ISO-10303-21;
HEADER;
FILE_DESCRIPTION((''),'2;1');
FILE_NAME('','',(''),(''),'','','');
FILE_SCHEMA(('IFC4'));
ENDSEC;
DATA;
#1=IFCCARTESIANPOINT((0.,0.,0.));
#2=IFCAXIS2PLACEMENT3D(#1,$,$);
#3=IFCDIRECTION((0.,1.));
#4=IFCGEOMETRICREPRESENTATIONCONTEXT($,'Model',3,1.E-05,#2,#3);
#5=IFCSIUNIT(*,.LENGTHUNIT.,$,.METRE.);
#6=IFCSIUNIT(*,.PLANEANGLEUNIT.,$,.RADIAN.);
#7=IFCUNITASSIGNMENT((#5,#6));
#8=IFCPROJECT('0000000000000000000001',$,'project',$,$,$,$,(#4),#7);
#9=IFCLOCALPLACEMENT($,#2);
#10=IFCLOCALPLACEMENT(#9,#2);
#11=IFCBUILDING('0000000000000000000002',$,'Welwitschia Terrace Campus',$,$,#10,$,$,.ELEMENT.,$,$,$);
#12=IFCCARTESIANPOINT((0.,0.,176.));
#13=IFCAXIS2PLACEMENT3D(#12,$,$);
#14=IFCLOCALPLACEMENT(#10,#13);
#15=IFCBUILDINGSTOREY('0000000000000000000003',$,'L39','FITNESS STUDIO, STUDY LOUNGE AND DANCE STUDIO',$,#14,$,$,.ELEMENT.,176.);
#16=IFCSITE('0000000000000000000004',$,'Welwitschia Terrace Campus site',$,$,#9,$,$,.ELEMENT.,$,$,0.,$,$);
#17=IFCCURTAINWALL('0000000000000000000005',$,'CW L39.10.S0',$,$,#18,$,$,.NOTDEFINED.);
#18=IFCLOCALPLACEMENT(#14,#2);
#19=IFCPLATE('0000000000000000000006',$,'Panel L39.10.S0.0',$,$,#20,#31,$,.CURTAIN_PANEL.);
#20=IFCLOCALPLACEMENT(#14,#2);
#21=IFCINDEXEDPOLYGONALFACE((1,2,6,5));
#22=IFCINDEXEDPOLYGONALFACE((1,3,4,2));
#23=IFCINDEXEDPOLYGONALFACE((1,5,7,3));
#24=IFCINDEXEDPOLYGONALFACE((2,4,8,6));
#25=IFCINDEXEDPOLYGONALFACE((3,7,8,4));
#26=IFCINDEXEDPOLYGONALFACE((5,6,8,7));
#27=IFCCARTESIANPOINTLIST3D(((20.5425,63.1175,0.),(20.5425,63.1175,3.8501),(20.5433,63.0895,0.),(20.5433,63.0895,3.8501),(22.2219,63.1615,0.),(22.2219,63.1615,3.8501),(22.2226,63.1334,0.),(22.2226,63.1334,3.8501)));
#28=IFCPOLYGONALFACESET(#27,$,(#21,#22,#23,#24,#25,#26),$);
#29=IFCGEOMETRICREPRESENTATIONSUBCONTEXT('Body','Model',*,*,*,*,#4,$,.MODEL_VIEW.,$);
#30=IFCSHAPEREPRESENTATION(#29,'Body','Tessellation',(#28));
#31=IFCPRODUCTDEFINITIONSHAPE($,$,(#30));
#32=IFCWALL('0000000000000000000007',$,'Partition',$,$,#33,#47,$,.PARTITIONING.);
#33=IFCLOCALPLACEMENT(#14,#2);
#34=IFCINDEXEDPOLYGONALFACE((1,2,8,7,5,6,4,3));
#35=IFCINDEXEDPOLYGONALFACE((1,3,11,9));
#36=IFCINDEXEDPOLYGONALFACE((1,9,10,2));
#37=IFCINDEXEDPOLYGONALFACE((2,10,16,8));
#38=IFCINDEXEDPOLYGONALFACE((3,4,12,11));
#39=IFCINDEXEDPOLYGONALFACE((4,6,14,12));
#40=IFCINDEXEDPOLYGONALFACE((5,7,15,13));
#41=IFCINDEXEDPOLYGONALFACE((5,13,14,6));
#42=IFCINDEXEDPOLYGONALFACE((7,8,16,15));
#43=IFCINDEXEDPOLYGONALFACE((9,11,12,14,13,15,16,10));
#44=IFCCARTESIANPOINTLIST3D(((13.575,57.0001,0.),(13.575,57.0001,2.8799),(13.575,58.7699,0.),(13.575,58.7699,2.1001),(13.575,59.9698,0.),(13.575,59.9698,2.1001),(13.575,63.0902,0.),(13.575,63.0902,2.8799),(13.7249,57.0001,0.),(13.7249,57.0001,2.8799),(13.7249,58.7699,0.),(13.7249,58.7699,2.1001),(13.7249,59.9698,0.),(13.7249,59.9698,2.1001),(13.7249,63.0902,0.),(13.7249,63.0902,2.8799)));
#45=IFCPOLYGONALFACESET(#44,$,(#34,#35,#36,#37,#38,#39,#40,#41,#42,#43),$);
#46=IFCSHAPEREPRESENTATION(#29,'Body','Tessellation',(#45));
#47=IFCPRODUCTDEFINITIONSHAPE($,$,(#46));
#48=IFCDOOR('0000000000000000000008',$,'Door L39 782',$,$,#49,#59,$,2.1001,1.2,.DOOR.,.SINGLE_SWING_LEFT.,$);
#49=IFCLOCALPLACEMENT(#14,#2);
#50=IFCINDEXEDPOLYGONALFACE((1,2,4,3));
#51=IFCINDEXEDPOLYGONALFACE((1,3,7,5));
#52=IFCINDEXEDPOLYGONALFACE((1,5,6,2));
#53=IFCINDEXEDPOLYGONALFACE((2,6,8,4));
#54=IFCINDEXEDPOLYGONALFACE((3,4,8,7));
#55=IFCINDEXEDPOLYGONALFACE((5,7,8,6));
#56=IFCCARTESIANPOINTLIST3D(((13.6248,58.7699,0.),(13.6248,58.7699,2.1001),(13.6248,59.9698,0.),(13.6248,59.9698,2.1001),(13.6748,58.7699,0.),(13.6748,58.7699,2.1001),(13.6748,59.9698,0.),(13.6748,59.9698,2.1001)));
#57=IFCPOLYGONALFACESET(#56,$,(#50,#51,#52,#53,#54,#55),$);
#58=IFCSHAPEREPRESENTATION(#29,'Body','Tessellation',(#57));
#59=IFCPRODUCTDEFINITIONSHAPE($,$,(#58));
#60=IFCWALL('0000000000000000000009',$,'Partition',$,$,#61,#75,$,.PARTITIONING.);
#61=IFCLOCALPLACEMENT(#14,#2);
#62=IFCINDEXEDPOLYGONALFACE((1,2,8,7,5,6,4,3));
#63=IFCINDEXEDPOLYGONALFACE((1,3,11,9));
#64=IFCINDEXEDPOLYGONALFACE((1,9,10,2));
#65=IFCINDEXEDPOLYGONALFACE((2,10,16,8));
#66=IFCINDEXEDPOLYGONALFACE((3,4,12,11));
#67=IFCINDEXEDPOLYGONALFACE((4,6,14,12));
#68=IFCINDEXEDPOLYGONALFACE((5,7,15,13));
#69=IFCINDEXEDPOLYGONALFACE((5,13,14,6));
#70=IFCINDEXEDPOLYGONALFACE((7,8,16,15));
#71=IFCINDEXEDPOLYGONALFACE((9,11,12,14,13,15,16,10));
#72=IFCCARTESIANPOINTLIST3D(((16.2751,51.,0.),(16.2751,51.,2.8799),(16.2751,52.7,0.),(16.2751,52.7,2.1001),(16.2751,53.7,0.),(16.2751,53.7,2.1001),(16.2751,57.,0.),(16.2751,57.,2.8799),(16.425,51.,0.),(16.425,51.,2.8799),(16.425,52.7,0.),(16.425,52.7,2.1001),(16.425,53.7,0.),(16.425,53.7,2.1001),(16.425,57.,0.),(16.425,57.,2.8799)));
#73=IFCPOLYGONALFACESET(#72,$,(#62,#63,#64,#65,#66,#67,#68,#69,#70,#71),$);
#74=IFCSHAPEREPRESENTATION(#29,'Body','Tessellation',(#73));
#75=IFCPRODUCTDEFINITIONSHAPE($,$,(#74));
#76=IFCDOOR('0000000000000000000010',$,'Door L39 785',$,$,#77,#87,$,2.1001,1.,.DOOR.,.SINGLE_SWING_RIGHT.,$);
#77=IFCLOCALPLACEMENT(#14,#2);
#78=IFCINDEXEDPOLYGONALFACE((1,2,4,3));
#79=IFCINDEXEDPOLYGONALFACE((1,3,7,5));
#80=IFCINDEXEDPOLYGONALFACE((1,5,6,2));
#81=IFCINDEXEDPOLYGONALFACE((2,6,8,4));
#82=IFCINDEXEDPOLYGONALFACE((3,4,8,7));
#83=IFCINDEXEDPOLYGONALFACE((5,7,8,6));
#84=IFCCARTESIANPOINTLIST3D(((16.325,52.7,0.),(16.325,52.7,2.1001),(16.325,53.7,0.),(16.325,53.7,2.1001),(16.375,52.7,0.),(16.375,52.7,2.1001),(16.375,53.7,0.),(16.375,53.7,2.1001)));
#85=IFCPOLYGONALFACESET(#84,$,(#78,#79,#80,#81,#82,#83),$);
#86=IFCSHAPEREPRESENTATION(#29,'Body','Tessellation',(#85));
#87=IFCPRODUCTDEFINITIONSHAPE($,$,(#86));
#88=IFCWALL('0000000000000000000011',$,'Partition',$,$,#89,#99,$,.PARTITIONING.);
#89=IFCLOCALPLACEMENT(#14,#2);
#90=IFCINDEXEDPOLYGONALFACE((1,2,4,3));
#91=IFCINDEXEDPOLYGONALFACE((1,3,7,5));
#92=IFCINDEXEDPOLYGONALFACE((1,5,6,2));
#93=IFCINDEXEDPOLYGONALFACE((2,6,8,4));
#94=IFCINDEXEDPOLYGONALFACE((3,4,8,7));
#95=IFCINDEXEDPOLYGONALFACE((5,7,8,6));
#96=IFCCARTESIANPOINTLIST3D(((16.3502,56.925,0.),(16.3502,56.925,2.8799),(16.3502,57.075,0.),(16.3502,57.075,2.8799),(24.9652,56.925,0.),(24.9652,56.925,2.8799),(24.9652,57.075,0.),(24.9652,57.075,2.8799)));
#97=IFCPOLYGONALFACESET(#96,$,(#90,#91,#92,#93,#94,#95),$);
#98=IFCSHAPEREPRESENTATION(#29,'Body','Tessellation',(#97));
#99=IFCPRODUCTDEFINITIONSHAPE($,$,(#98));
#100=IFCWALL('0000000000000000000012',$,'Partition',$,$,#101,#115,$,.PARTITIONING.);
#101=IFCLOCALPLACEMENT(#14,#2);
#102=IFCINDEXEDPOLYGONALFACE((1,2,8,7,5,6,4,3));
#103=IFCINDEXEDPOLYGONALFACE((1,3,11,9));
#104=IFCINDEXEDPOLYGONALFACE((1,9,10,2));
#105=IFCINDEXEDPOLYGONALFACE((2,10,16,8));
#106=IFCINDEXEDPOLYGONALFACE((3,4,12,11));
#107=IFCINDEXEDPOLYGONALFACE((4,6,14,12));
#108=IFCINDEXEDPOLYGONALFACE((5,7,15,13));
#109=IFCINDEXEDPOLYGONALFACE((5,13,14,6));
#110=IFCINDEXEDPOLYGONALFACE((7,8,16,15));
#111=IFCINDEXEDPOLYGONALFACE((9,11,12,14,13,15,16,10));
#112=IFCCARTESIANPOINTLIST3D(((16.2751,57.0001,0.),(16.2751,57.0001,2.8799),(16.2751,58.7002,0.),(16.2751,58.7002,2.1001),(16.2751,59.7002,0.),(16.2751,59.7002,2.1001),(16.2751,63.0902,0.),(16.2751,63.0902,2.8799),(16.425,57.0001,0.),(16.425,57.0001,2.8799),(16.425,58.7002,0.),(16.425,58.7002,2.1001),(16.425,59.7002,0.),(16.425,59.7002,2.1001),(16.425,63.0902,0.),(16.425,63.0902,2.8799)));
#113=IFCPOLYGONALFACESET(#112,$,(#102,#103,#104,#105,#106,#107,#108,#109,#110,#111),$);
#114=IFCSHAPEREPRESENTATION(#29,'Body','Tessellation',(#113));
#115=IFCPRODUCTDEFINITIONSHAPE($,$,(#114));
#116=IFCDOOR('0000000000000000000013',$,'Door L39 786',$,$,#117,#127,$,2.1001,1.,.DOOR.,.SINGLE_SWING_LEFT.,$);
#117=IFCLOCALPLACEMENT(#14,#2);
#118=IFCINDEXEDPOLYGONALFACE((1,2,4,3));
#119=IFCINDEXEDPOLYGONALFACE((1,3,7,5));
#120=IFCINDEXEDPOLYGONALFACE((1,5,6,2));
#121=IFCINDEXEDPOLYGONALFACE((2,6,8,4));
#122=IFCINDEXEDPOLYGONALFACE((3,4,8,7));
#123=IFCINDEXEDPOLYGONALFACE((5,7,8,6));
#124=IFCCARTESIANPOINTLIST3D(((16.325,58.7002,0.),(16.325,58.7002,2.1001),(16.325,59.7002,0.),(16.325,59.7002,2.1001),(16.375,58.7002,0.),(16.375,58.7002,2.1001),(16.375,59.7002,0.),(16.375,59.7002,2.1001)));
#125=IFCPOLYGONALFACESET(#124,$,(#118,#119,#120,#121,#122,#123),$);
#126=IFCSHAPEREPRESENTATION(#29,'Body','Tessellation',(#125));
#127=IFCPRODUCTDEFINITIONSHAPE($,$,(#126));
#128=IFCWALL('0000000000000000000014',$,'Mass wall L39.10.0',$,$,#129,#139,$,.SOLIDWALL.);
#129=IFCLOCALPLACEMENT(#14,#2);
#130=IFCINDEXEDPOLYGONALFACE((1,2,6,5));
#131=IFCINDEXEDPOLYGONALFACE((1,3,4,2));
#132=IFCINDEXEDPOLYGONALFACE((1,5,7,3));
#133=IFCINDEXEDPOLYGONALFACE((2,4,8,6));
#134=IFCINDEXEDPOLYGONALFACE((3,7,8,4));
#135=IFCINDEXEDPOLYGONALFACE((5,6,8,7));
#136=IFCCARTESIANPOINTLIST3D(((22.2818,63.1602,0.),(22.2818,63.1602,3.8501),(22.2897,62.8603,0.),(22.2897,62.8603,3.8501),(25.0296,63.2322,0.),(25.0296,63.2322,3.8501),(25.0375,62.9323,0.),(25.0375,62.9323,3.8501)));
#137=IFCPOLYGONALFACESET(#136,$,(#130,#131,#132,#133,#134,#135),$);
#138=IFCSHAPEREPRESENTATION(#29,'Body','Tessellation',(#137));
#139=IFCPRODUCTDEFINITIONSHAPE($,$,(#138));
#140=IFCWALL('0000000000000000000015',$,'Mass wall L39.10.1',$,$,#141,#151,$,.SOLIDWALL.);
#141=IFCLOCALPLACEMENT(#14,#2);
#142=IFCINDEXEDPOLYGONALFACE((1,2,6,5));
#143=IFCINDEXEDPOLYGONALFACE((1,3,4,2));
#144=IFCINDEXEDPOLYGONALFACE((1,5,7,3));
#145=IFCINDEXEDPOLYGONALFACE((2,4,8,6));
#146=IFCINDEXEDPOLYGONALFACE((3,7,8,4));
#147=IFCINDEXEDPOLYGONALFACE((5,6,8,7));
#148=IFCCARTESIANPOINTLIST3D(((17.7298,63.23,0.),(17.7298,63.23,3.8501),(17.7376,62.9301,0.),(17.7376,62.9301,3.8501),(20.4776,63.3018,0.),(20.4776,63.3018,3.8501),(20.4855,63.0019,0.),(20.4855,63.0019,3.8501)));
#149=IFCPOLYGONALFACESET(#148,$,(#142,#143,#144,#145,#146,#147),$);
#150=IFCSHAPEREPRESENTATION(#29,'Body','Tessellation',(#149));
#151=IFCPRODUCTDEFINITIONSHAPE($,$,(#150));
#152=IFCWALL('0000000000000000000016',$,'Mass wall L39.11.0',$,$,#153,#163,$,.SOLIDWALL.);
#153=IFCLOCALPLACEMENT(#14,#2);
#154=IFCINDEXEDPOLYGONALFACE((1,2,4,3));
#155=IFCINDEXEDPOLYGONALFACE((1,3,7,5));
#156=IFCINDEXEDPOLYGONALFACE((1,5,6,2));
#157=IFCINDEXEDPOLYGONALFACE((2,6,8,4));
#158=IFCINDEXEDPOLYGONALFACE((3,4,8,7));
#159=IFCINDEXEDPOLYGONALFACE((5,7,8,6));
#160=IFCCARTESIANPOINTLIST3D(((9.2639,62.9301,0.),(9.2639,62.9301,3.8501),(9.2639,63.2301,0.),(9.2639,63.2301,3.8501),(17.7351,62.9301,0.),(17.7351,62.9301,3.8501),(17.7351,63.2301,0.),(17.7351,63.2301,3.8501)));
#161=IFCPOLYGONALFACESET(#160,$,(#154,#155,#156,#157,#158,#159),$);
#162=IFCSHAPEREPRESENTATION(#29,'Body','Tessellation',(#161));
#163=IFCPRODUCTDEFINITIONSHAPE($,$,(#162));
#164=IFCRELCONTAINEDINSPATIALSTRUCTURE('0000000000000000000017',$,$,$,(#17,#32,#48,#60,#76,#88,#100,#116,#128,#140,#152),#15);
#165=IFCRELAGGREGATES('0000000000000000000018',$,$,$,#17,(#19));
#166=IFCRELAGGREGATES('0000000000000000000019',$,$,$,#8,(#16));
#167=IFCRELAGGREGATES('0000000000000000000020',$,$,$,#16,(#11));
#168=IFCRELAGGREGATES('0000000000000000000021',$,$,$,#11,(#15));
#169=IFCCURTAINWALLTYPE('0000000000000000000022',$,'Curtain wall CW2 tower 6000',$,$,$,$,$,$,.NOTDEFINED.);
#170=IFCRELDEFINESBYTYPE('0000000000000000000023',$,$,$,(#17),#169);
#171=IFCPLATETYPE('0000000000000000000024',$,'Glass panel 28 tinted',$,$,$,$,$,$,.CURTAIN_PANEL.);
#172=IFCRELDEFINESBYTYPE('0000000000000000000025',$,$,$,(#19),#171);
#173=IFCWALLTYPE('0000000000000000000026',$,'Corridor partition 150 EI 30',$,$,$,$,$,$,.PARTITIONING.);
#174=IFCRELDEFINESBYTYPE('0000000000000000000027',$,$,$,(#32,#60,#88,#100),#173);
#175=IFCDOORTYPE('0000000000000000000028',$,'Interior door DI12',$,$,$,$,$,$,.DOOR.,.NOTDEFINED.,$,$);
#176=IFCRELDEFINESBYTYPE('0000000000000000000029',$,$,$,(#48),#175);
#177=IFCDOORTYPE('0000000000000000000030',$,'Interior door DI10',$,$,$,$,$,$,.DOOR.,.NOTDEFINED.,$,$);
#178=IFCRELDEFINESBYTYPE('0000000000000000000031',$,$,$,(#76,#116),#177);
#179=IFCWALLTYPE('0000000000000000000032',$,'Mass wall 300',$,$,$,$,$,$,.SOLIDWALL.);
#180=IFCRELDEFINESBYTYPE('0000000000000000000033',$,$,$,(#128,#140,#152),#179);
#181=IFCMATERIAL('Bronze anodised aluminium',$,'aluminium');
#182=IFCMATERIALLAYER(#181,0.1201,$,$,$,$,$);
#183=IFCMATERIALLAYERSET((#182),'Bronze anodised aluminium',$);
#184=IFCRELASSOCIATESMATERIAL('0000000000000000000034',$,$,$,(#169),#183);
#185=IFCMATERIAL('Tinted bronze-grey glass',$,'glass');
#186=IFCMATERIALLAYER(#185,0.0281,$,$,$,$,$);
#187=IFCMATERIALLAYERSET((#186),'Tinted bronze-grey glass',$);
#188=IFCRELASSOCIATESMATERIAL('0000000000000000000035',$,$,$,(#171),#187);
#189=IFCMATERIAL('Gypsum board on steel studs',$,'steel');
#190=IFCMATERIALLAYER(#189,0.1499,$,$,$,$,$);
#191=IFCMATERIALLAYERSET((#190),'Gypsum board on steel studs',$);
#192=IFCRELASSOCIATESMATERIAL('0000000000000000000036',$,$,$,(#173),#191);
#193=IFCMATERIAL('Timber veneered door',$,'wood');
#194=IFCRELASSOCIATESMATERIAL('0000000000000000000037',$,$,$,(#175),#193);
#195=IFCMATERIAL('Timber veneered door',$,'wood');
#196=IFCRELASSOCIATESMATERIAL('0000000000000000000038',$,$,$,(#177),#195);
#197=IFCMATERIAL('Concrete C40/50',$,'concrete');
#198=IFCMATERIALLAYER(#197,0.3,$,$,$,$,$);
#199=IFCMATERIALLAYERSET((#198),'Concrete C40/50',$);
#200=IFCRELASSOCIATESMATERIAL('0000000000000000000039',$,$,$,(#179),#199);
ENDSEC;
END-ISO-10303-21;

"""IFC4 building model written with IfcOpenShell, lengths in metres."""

from ifc_helpers import new_model, si_unit, direction, frame, frame_2d, origin, origin_2d, place, context, subcontext, project, spatial, rectangle, extrude, material, layer, layer_set, type_object, element, fill, aggregate, save


model = new_model("IFC4")

# Units and contexts
model_context = context("Model", 3, precision=1e-05, world=origin(), true_north=direction((0.0, 1.0)))
body_context = subcontext(model_context, "Body", "Model", "MODEL_VIEW")
ifc_project = project(units=[si_unit("LENGTHUNIT", "METRE"), si_unit("PLANEANGLEUNIT", "RADIAN")], contexts=[model_context])

# Site, building, storey
site_placement = place(None, origin())
site = spatial("IfcSite", under=ifc_project, at=site_placement, Name="Welwitschia Terrace Campus site", CompositionType="ELEMENT", RefElevation=0.0)
building_placement = place(site_placement, origin())
building = spatial("IfcBuilding", under=site, at=building_placement, Name="Welwitschia Terrace Campus", CompositionType="ELEMENT")
storey_placement = place(building_placement, frame((0.0, 0.0, 176.0)))
storey = spatial("IfcBuildingStorey", under=building, at=storey_placement, Name="L39", Description="FITNESS STUDIO, STUDY LOUNGE AND DANCE STUDIO", CompositionType="ELEMENT", Elevation=176.0)

# Curtain wall
ifc_material_1 = material(Name="Bronze anodised aluminium", Category="aluminium")
ifc_layer_1 = layer(ifc_material_1, 0.1201)
ifc_layer_set_1 = layer_set([ifc_layer_1], Name="Bronze anodised aluminium")
curtain_wall_type = type_object("IfcCurtainWallType", Name="Curtain wall CW2 tower 6000", PredefinedType="NOTDEFINED", material=ifc_layer_set_1)
curtain_wall_1_placement = place(storey_placement, origin())
curtain_wall_1 = element("IfcCurtainWall", 1, at=curtain_wall_1_placement, inside=storey, type_object=curtain_wall_type, Name="CW L39.10.S0", PredefinedType="NOTDEFINED")

# Plate
ifc_material_2 = material(Name="Tinted bronze-grey glass", Category="glass")
ifc_layer_2 = layer(ifc_material_2, 0.0281)
ifc_layer_set_2 = layer_set([ifc_layer_2], Name="Tinted bronze-grey glass")
plate_type = type_object("IfcPlateType", Name="Glass panel 28 tinted", PredefinedType="CURTAIN_PANEL", material=ifc_layer_set_2)
plate_1_placement = place(storey_placement, frame((21.3826, 63.1255, 0.0), z_axis=(0.0, 0.0, 1.0), x_axis=(-0.999657, -0.026177, 0.0)))
plate_1 = element("IfcPlate", 2, at=plate_1_placement, type_object=plate_type, Name="Panel L39.10.S0.0", PredefinedType="CURTAIN_PANEL", context=body_context, shape_type="SweptSolid", body=[
    extrude(rectangle(XDim=1.6799, YDim=0.0281, at=origin_2d()), origin(), (0.0, 0.0, 1.0), 3.8501),
])
aggregate(curtain_wall_1, [plate_1])

# Walls, openings, doors
ifc_material_3 = material(Name="Gypsum board on steel studs", Category="steel")
ifc_layer_3 = layer(ifc_material_3, 0.1499)
ifc_layer_set_3 = layer_set([ifc_layer_3], Name="Gypsum board on steel studs")
wall_type_1 = type_object("IfcWallType", Name="Corridor partition 150 EI 30", PredefinedType="PARTITIONING", material=ifc_layer_set_3)
wall_1_placement = place(storey_placement, frame((13.6499, 63.0901, 0.0), z_axis=(0.0, 0.0, 1.0), x_axis=(0.0, -1.0, 0.0)))
wall_1 = element("IfcWall", 3, at=wall_1_placement, inside=storey, type_object=wall_type_1, Name="Partition", PredefinedType="PARTITIONING", context=body_context, shape_type="SweptSolid", body=[
    extrude(rectangle(XDim=6.0901, YDim=0.1499, at=frame_2d((3.0449, 0.0))), origin(), (0.0, 0.0, 1.0), 2.8799),
])
opening_1_placement = place(wall_1_placement, frame((3.1201, 0.0, 0.0)))
opening_1 = element("IfcOpeningElement", 4, at=opening_1_placement, cuts=wall_1, PredefinedType="OPENING", context=body_context, shape_type="SweptSolid", body=[
    extrude(rectangle(XDim=1.2, YDim=2.1001, at=frame_2d((0.6001, 1.05))), frame((0.0, 0.085, 0.0), z_axis=(0.0, -1.0, 0.0), x_axis=(1.0, 0.0, 0.0)), (0.0, 0.0, 1.0), 0.1699),
])
ifc_material_4 = material(Name="Timber veneered door", Category="wood")
door_type_1 = type_object("IfcDoorType", Name="Interior door DI12", OperationType="NOTDEFINED", PredefinedType="DOOR", material=ifc_material_4)
door_1_placement = place(opening_1_placement, origin())
door_1 = element("IfcDoor", 5, at=door_1_placement, inside=storey, type_object=door_type_1, Name="Door L39 782", OperationType="SINGLE_SWING_LEFT", OverallHeight=2.1001, OverallWidth=1.2, PredefinedType="DOOR", context=body_context, shape_type="SweptSolid", body=[
    extrude(rectangle(XDim=1.2, YDim=2.1001, at=frame_2d((0.6001, 1.05))), frame((0.0, 0.0249, 0.0), z_axis=(0.0, -1.0, 0.0), x_axis=(1.0, 0.0, 0.0)), (0.0, 0.0, 1.0), 0.05),
])
fill(opening_1, door_1)
wall_2_placement = place(storey_placement, frame((16.3501, 57.0, 0.0), z_axis=(0.0, 0.0, 1.0), x_axis=(0.0, -1.0, 0.0)))
wall_2 = element("IfcWall", 6, at=wall_2_placement, inside=storey, type_object=wall_type_1, Name="Partition", PredefinedType="PARTITIONING", context=body_context, shape_type="SweptSolid", body=[
    extrude(rectangle(XDim=6.0, YDim=0.1499, at=frame_2d((3.0, 0.0))), origin(), (0.0, 0.0, 1.0), 2.8799),
])
opening_2_placement = place(wall_2_placement, frame((3.3, 0.0, 0.0)))
opening_2 = element("IfcOpeningElement", 7, at=opening_2_placement, cuts=wall_2, PredefinedType="OPENING", context=body_context, shape_type="SweptSolid", body=[
    extrude(rectangle(XDim=1.0, YDim=2.1001, at=frame_2d((0.5, 1.05))), frame((0.0, 0.085, 0.0), z_axis=(0.0, -1.0, 0.0), x_axis=(1.0, 0.0, 0.0)), (0.0, 0.0, 1.0), 0.1699),
])
ifc_material_5 = material(Name="Timber veneered door", Category="wood")
door_type_2 = type_object("IfcDoorType", Name="Interior door DI10", OperationType="NOTDEFINED", PredefinedType="DOOR", material=ifc_material_5)
door_2_placement = place(opening_2_placement, origin())
door_2 = element("IfcDoor", 8, at=door_2_placement, inside=storey, type_object=door_type_2, Name="Door L39 785", OperationType="SINGLE_SWING_RIGHT", OverallHeight=2.1001, OverallWidth=1.0, PredefinedType="DOOR", context=body_context, shape_type="SweptSolid", body=[
    extrude(rectangle(XDim=1.0, YDim=2.1001, at=frame_2d((0.5, 1.05))), frame((0.0, 0.0249, 0.0), z_axis=(0.0, -1.0, 0.0), x_axis=(1.0, 0.0, 0.0)), (0.0, 0.0, 1.0), 0.05),
])
fill(opening_2, door_2)

# Wall
wall_3_placement = place(storey_placement, frame((16.3501, 57.0, 0.0), z_axis=(0.0, 0.0, 1.0), x_axis=(1.0, 0.0, 0.0)))
element("IfcWall", 9, at=wall_3_placement, inside=storey, type_object=wall_type_1, Name="Partition", PredefinedType="PARTITIONING", context=body_context, shape_type="SweptSolid", body=[
    extrude(rectangle(XDim=8.615, YDim=0.1499, at=frame_2d((4.3076, 0.0))), origin(), (0.0, 0.0, 1.0), 2.8799),
])

# Wall, opening, door
wall_4_placement = place(storey_placement, frame((16.3501, 63.0901, 0.0), z_axis=(0.0, 0.0, 1.0), x_axis=(0.0, -1.0, 0.0)))
wall_4 = element("IfcWall", 10, at=wall_4_placement, inside=storey, type_object=wall_type_1, Name="Partition", PredefinedType="PARTITIONING", context=body_context, shape_type="SweptSolid", body=[
    extrude(rectangle(XDim=6.0901, YDim=0.1499, at=frame_2d((3.0449, 0.0))), origin(), (0.0, 0.0, 1.0), 2.8799),
])
opening_3_placement = place(wall_4_placement, frame((3.3899, 0.0, 0.0)))
opening_3 = element("IfcOpeningElement", 11, at=opening_3_placement, cuts=wall_4, PredefinedType="OPENING", context=body_context, shape_type="SweptSolid", body=[
    extrude(rectangle(XDim=1.0, YDim=2.1001, at=frame_2d((0.5, 1.05))), frame((0.0, 0.085, 0.0), z_axis=(0.0, -1.0, 0.0), x_axis=(1.0, 0.0, 0.0)), (0.0, 0.0, 1.0), 0.1699),
])
door_3_placement = place(opening_3_placement, origin())
door_3 = element("IfcDoor", 12, at=door_3_placement, inside=storey, type_object=door_type_2, Name="Door L39 786", OperationType="SINGLE_SWING_LEFT", OverallHeight=2.1001, OverallWidth=1.0, PredefinedType="DOOR", context=body_context, shape_type="SweptSolid", body=[
    extrude(rectangle(XDim=1.0, YDim=2.1001, at=frame_2d((0.5, 1.05))), frame((0.0, 0.0249, 0.0), z_axis=(0.0, -1.0, 0.0), x_axis=(1.0, 0.0, 0.0)), (0.0, 0.0, 1.0), 0.05),
])
fill(opening_3, door_3)

# Walls
ifc_material_6 = material(Name="Concrete C40/50", Category="concrete")
ifc_layer_4 = layer(ifc_material_6, 0.3)
ifc_layer_set_4 = layer_set([ifc_layer_4], Name="Concrete C40/50")
wall_type_2 = type_object("IfcWallType", Name="Mass wall 300", PredefinedType="SOLIDWALL", material=ifc_layer_set_4)
for number, where, z_axis, x_axis, name in (
    (13, (25.0337, 63.0823, 0.0), (0.0, 0.0, 1.0), (-0.999657, -0.026202, 0.0), "Mass wall L39.10.0"),
    (14, (20.4817, 63.1519, 0.0), (0.0, 0.0, 1.0), (-0.999659, -0.026113, 0.0), "Mass wall L39.10.1"),
):
    element("IfcWall", number, at=place(storey_placement, frame(where, z_axis=z_axis, x_axis=x_axis)), inside=storey, type_object=wall_type_2, Name=name, PredefinedType="SOLIDWALL", context=body_context, shape_type="SweptSolid", body=[
        extrude(rectangle(XDim=2.7488, YDim=0.3, at=frame_2d((1.3745, 0.0))), origin(), (0.0, 0.0, 1.0), 3.8501),
    ])
wall_5_placement = place(storey_placement, frame((17.7351, 63.0801, 0.0), z_axis=(0.0, 0.0, 1.0), x_axis=(-1.0, 0.0, 0.0)))
element("IfcWall", 15, at=wall_5_placement, inside=storey, type_object=wall_type_2, Name="Mass wall L39.11.0", PredefinedType="SOLIDWALL", context=body_context, shape_type="SweptSolid", body=[
    extrude(rectangle(XDim=8.4712, YDim=0.3, at=frame_2d((4.2356, 0.0))), origin(), (0.0, 0.0, 1.0), 3.8501),
])

save(model, "model.ifc")
